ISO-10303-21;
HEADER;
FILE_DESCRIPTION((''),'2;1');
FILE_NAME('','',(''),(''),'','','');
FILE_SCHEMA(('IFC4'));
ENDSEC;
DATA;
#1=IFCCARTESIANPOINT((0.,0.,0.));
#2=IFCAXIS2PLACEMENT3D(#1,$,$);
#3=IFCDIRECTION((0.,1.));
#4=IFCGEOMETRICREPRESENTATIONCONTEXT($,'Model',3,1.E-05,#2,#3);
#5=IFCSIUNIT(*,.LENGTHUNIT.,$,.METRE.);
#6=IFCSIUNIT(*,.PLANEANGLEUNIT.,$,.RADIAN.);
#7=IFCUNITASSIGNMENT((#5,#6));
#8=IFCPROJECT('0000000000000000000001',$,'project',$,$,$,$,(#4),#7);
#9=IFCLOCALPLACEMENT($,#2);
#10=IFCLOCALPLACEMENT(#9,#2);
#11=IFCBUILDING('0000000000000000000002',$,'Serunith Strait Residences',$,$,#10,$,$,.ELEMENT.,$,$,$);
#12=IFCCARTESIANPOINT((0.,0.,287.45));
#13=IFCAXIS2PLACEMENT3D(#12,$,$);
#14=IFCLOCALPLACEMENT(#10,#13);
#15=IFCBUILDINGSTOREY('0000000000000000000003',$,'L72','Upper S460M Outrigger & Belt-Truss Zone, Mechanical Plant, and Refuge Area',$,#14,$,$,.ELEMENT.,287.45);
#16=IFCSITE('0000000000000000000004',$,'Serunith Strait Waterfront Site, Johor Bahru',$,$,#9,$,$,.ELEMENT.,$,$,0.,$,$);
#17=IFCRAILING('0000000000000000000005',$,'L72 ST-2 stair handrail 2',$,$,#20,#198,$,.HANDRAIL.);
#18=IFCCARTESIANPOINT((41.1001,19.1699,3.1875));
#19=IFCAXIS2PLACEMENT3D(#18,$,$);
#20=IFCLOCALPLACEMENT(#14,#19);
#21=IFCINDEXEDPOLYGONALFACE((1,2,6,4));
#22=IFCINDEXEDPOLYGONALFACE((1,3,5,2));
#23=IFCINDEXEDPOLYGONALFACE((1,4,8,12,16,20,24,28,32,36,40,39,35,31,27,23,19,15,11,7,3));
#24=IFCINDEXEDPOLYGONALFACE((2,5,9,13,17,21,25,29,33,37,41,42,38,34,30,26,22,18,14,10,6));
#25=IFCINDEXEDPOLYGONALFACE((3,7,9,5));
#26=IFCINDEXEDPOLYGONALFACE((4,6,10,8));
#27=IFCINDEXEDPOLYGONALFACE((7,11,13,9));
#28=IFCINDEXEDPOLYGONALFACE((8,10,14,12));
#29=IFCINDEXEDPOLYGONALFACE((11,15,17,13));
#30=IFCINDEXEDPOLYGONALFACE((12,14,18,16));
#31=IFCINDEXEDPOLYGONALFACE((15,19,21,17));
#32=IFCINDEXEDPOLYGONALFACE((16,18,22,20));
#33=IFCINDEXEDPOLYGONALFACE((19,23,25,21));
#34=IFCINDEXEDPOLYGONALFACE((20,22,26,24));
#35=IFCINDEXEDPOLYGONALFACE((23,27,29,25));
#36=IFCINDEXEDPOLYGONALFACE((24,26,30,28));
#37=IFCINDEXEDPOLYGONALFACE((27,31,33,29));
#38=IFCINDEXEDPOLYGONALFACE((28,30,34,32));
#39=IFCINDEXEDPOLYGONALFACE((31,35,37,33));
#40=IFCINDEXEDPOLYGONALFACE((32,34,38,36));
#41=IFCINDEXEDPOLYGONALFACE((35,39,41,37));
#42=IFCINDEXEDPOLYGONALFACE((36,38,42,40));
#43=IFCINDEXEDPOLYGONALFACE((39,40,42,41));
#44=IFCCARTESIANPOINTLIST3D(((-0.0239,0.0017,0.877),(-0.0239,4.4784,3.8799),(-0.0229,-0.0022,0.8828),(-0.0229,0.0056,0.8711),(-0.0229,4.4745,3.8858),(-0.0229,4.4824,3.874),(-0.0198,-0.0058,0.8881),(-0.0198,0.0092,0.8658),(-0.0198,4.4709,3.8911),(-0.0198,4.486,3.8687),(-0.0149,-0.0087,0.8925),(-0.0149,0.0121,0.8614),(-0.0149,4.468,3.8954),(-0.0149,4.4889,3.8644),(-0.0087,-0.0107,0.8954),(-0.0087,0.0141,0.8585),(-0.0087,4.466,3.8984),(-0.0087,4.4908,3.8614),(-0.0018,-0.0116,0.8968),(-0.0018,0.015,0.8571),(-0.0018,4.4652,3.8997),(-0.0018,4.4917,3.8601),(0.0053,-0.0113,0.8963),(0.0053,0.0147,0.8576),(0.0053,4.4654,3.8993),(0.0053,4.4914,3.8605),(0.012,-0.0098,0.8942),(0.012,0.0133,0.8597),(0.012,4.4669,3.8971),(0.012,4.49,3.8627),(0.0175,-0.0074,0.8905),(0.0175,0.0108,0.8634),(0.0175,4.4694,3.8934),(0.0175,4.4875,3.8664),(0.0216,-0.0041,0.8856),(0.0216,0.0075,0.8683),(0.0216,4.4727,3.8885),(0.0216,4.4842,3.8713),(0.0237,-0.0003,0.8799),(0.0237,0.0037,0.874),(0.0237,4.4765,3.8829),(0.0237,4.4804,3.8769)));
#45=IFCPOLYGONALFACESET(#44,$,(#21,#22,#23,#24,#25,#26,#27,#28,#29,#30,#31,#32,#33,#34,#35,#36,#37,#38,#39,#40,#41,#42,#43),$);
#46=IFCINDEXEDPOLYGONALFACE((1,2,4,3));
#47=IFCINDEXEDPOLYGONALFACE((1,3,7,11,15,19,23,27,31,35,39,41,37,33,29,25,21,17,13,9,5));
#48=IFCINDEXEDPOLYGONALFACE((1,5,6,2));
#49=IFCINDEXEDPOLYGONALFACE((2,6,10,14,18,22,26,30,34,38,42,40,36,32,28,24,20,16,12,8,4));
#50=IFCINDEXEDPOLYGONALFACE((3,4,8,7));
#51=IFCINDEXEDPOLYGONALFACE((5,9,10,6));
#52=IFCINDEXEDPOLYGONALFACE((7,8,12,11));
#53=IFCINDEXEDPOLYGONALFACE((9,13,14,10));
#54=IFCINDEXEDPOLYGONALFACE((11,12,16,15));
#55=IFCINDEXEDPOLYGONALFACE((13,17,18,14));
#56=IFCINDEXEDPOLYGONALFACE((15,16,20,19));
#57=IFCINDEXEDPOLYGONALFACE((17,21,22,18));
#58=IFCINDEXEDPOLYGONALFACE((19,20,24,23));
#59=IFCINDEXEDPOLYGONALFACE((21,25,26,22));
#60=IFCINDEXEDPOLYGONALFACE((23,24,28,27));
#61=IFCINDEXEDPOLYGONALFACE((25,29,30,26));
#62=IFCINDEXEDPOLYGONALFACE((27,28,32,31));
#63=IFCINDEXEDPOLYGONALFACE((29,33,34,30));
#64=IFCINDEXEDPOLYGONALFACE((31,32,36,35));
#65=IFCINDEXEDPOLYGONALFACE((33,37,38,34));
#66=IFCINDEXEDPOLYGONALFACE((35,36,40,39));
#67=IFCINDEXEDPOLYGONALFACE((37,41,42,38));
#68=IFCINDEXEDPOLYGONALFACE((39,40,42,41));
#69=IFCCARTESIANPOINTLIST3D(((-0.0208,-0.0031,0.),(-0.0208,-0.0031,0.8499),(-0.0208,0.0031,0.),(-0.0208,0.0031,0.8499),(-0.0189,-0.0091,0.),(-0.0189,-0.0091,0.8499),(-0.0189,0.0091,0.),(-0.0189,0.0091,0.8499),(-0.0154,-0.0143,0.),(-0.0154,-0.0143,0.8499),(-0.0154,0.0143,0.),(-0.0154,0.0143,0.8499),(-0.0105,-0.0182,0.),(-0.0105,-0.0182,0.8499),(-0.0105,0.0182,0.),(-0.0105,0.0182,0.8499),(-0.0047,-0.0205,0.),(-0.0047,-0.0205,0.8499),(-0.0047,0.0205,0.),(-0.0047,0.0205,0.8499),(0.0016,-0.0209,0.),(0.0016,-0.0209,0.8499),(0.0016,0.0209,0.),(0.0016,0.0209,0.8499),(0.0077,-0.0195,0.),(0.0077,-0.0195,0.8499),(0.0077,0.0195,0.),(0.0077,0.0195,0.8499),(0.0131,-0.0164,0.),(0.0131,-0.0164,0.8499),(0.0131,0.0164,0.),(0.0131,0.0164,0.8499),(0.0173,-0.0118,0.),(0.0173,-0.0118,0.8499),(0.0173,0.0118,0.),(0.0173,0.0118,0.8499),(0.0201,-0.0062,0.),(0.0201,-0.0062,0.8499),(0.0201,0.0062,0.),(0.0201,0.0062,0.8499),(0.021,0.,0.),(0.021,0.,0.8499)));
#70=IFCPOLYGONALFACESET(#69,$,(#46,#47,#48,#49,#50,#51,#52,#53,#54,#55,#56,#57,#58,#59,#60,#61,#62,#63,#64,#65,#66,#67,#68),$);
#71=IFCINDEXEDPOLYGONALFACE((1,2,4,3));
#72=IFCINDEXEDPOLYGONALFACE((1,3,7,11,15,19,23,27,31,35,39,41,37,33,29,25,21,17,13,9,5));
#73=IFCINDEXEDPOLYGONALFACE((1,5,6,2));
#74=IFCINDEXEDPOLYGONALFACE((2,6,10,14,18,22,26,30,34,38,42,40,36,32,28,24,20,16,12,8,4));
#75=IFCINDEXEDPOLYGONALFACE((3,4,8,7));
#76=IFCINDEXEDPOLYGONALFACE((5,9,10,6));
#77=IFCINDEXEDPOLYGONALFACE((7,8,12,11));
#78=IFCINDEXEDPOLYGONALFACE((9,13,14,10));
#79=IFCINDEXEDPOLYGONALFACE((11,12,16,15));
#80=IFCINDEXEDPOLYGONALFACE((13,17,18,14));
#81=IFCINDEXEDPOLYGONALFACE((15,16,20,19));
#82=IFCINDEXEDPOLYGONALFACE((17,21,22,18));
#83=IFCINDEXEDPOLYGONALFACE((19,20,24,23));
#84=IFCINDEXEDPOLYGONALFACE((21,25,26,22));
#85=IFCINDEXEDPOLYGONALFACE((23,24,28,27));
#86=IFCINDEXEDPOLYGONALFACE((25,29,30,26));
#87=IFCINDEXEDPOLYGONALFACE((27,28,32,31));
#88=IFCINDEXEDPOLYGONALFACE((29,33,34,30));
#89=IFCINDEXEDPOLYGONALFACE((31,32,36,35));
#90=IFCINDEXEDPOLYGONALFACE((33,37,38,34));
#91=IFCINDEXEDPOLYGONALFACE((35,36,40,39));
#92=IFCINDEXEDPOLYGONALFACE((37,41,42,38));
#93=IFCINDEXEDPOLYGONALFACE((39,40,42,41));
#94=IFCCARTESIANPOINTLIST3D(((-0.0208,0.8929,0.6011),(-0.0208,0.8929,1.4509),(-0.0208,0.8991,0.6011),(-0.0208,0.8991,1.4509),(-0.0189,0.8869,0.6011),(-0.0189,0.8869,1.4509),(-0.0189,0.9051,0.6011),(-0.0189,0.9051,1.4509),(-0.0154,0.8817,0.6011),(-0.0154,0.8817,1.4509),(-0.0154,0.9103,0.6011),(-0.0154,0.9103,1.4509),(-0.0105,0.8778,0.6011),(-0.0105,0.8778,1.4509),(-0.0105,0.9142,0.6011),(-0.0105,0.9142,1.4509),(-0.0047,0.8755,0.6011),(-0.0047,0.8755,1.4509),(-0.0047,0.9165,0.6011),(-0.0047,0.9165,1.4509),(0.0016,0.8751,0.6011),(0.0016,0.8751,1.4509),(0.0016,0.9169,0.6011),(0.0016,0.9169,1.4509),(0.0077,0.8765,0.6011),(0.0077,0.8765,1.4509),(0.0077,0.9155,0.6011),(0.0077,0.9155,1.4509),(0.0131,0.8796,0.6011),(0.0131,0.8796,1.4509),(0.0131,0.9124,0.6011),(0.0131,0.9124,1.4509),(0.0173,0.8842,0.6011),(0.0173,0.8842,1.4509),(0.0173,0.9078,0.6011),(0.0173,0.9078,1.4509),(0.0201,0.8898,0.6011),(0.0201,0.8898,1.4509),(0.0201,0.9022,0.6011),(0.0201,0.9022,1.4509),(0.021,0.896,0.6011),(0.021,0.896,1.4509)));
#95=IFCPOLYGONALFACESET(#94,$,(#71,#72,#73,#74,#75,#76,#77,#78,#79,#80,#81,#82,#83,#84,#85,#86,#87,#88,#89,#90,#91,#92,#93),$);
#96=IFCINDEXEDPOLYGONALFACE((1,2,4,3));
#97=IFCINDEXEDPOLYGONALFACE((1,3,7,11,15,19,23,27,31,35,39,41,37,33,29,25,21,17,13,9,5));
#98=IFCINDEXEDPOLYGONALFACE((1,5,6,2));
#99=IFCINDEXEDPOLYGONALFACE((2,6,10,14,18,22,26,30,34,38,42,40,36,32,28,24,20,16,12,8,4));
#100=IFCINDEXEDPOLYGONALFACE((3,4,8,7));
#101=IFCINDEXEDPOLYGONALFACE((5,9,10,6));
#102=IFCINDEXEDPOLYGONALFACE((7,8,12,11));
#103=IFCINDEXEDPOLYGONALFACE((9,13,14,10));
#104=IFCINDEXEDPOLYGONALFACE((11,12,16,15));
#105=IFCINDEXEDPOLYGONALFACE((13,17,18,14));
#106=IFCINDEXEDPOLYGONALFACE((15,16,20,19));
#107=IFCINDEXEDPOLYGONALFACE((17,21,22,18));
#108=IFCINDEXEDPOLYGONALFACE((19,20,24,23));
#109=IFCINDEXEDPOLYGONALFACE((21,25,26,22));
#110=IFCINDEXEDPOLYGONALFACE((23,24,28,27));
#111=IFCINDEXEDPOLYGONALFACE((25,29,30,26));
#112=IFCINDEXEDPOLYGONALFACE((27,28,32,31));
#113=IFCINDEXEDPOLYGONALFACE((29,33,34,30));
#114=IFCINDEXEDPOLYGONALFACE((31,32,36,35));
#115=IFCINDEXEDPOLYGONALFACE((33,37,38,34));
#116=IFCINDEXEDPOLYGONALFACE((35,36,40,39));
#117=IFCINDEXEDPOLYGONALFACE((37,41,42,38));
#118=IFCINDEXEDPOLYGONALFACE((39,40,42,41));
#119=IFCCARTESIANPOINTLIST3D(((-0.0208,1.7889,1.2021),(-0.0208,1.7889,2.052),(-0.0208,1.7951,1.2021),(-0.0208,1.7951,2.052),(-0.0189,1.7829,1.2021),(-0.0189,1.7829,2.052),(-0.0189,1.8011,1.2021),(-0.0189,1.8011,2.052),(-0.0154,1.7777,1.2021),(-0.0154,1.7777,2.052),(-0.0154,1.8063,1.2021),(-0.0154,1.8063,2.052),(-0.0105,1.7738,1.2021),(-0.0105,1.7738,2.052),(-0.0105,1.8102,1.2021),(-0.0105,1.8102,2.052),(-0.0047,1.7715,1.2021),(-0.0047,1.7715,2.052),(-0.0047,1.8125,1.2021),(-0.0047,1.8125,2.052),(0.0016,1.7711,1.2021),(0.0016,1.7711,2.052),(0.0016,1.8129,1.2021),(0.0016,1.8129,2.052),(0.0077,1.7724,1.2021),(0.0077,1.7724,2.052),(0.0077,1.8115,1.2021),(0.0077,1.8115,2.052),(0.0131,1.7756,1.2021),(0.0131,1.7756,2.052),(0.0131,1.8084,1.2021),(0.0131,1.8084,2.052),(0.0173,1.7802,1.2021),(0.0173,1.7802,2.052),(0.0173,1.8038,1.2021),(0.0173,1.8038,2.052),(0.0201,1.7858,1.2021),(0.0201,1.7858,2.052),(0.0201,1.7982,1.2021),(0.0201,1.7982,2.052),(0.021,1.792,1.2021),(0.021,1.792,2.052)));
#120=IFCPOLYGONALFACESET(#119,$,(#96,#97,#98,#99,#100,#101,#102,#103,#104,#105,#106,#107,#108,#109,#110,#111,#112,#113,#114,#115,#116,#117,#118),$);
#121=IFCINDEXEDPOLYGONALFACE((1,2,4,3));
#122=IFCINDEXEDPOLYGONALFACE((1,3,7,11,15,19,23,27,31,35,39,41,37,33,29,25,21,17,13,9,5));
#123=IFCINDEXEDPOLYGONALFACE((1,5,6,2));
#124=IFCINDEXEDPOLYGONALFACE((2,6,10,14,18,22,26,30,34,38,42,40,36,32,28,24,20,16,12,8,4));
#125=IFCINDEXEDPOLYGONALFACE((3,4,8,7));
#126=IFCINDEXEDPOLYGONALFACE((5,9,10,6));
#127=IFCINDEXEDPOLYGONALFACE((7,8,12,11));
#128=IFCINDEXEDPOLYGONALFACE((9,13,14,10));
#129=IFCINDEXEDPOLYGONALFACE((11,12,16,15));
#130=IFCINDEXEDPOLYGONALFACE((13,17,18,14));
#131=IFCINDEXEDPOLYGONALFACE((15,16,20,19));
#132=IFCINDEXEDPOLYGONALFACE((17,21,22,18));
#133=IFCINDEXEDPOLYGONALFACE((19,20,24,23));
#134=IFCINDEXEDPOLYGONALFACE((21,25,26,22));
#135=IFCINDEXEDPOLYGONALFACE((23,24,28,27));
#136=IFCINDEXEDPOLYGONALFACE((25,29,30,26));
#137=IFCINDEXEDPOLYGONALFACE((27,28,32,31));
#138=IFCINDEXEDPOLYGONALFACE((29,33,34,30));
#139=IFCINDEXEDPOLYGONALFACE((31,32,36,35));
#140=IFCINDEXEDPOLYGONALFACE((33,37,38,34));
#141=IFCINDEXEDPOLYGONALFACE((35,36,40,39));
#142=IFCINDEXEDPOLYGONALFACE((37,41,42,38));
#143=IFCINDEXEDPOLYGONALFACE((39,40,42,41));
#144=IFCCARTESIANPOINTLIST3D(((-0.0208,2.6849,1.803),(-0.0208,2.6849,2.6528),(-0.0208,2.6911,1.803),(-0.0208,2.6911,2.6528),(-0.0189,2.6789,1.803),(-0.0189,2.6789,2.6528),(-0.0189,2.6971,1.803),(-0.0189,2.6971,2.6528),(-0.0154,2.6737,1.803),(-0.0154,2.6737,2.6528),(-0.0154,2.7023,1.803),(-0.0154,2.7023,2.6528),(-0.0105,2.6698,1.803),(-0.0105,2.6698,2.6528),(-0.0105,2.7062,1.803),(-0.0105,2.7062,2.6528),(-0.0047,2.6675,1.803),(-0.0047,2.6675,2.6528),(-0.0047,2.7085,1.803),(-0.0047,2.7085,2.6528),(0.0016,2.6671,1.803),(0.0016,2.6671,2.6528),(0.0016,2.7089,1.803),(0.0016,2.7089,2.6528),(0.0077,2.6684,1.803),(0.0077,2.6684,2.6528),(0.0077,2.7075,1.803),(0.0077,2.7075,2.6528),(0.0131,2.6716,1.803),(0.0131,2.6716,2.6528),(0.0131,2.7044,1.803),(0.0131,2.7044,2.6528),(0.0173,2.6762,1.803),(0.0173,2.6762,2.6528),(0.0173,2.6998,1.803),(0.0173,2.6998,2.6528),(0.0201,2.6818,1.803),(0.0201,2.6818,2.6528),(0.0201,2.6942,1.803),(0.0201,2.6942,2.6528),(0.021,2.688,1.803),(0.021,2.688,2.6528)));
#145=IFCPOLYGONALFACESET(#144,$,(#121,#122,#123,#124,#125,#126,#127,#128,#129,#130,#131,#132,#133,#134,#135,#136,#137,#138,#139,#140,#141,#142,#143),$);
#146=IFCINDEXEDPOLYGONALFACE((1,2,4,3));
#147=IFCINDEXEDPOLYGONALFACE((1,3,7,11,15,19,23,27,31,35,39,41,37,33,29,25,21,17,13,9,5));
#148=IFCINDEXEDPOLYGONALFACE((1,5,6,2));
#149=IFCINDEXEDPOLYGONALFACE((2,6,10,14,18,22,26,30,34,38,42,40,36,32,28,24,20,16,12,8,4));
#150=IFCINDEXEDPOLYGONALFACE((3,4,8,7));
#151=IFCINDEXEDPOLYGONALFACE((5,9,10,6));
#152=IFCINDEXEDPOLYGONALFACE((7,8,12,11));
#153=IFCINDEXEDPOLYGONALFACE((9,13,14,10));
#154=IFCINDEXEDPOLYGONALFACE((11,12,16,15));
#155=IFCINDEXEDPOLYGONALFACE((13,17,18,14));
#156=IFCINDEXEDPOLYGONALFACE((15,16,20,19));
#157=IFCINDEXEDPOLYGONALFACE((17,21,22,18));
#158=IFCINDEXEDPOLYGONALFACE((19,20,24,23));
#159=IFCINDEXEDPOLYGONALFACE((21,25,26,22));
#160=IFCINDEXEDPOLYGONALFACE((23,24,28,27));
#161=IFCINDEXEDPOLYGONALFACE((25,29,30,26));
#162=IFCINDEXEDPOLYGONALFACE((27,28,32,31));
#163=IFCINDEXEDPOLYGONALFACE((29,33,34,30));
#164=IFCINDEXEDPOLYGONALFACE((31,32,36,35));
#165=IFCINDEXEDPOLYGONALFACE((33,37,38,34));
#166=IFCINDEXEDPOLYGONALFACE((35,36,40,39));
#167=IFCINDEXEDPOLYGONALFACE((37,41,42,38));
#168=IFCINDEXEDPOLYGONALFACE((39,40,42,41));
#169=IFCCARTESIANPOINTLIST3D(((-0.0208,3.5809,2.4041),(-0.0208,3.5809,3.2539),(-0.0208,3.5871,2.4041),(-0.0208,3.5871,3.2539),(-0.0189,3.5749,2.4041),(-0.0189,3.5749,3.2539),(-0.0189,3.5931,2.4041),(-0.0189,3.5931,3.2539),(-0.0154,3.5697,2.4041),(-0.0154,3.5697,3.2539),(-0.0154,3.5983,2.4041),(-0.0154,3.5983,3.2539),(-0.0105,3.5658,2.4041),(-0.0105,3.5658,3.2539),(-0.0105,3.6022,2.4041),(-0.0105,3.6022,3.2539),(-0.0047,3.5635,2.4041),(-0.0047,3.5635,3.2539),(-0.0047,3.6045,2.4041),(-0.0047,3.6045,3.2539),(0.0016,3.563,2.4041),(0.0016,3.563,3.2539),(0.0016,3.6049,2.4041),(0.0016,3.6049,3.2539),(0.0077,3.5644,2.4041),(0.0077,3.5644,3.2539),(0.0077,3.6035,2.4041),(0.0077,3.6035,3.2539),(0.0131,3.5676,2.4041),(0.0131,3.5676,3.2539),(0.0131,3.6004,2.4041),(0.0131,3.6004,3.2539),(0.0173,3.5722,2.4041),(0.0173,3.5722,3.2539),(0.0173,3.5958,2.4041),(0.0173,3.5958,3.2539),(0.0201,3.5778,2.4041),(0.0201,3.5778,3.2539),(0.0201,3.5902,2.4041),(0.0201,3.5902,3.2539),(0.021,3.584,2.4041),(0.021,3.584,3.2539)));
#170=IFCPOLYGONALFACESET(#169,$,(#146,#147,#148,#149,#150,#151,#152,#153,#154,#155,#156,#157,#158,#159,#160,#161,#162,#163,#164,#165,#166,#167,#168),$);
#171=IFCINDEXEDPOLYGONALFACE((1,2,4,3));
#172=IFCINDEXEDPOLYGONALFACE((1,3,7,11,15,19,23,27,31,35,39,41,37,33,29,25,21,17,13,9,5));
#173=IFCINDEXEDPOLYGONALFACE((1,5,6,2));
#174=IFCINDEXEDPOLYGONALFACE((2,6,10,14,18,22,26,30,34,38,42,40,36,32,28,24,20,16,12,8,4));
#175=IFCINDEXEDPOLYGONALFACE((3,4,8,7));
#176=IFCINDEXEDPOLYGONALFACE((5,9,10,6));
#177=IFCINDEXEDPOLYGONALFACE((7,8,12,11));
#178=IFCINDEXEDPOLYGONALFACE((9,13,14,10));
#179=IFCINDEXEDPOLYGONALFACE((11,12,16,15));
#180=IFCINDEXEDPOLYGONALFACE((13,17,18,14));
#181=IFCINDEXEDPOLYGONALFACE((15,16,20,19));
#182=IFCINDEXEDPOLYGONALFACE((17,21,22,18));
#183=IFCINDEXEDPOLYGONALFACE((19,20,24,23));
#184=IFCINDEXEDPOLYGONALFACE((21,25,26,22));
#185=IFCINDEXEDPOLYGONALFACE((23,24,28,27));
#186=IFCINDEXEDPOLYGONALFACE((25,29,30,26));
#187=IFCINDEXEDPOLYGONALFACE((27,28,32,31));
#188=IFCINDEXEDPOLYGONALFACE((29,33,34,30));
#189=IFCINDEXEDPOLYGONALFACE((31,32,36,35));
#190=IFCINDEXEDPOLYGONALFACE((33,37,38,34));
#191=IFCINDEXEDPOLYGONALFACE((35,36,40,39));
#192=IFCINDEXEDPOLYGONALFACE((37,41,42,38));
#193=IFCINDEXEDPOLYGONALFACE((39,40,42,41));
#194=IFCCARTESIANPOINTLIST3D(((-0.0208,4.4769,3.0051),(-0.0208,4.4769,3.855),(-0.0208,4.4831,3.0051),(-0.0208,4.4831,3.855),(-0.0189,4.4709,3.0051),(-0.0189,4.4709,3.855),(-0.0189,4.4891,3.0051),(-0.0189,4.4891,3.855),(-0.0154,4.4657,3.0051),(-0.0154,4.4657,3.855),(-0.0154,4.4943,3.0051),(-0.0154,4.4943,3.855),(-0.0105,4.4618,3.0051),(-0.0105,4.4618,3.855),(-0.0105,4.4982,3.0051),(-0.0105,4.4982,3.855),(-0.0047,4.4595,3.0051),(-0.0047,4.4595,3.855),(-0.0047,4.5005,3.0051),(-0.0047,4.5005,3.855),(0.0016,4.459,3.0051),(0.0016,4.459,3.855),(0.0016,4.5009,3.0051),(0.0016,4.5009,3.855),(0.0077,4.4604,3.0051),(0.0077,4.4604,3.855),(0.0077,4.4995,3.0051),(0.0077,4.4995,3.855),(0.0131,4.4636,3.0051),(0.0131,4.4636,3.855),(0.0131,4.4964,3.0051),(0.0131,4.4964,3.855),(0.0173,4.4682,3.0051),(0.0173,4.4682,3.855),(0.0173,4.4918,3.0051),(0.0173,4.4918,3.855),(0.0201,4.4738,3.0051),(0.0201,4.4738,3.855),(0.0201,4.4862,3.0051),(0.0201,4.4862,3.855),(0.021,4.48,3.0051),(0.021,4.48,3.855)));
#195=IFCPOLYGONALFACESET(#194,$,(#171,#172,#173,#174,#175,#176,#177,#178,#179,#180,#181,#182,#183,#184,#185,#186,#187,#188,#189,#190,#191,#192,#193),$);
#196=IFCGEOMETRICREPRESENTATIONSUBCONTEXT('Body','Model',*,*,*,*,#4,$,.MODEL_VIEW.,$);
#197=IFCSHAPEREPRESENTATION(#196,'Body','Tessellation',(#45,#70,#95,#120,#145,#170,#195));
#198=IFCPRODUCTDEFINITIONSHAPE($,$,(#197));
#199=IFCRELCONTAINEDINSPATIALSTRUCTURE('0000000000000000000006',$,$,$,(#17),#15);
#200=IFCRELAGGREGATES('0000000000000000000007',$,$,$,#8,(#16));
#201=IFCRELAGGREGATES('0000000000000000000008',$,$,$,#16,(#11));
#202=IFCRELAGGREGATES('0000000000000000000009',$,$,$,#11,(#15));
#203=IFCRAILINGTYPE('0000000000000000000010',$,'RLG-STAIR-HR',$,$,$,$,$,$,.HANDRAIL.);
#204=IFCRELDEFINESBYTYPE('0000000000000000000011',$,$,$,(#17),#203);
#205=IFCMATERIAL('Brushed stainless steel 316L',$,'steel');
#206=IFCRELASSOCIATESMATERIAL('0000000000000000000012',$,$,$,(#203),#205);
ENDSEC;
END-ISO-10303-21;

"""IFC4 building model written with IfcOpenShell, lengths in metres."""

from ifc_helpers import new_model, si_unit, direction, frame, origin, origin_2d, place, context, subcontext, project, spatial, circle, extrude, material, type_object, element, save


model = new_model("IFC4")

# Units and contexts
model_context = context("Model", 3, precision=1e-05, world=origin(), true_north=direction((0.0, 1.0)))
body_context = subcontext(model_context, "Body", "Model", "MODEL_VIEW")
ifc_project = project(units=[si_unit("LENGTHUNIT", "METRE"), si_unit("PLANEANGLEUNIT", "RADIAN")], contexts=[model_context])

# Site, building, storey
site_placement = place(None, origin())
site = spatial("IfcSite", under=ifc_project, at=site_placement, Name="Serunith Strait Waterfront Site, Johor Bahru", CompositionType="ELEMENT", RefElevation=0.0)
building_placement = place(site_placement, origin())
building = spatial("IfcBuilding", under=site, at=building_placement, Name="Serunith Strait Residences", CompositionType="ELEMENT")
storey_placement = place(building_placement, frame((0.0, 0.0, 287.45)))
storey = spatial("IfcBuildingStorey", under=building, at=storey_placement, Name="L72", Description="Upper S460M Outrigger & Belt-Truss Zone, Mechanical Plant, and Refuge Area", CompositionType="ELEMENT", Elevation=287.45)

# Railing
ifc_material_1 = material(Name="Brushed stainless steel 316L", Category="steel")
railing_type_1 = type_object("IfcRailingType", Name="RLG-STAIR-HR", PredefinedType="HANDRAIL", material=ifc_material_1)
railing_1_placement = place(storey_placement, frame((41.1001, 19.1699, 3.1875)))
element("IfcRailing", 1, at=railing_1_placement, inside=storey, type_object=railing_type_1, Name="L72 ST-2 stair handrail 2", PredefinedType="HANDRAIL", context=body_context, shape_type="SweptSolid", body=[
    extrude(circle(Radius=0.0239, at=origin_2d()), frame((0.0, 0.0017, 0.877), z_axis=(0.0, 0.830466, 0.557069), x_axis=(-1.0, 0.0, 0.0)), (0.0, 0.0, 1.0), 5.3906),
    extrude(circle(Radius=0.021, at=origin_2d()), origin(), (0.0, 0.0, 1.0), 0.8499),
    extrude(circle(Radius=0.021, at=origin_2d()), frame((0.0, 0.896, 0.6011)), (0.0, 0.0, 1.0), 0.8499),
    extrude(circle(Radius=0.021, at=origin_2d()), frame((0.0, 1.792, 1.2021)), (0.0, 0.0, 1.0), 0.8499),
    extrude(circle(Radius=0.021, at=origin_2d()), frame((0.0, 2.688, 1.803)), (0.0, 0.0, 1.0), 0.8499),
    extrude(circle(Radius=0.021, at=origin_2d()), frame((0.0, 3.584, 2.4041)), (0.0, 0.0, 1.0), 0.8499),
    extrude(circle(Radius=0.021, at=origin_2d()), frame((0.0, 4.48, 3.0051)), (0.0, 0.0, 1.0), 0.8499),
])

save(model, "model.ifc")
